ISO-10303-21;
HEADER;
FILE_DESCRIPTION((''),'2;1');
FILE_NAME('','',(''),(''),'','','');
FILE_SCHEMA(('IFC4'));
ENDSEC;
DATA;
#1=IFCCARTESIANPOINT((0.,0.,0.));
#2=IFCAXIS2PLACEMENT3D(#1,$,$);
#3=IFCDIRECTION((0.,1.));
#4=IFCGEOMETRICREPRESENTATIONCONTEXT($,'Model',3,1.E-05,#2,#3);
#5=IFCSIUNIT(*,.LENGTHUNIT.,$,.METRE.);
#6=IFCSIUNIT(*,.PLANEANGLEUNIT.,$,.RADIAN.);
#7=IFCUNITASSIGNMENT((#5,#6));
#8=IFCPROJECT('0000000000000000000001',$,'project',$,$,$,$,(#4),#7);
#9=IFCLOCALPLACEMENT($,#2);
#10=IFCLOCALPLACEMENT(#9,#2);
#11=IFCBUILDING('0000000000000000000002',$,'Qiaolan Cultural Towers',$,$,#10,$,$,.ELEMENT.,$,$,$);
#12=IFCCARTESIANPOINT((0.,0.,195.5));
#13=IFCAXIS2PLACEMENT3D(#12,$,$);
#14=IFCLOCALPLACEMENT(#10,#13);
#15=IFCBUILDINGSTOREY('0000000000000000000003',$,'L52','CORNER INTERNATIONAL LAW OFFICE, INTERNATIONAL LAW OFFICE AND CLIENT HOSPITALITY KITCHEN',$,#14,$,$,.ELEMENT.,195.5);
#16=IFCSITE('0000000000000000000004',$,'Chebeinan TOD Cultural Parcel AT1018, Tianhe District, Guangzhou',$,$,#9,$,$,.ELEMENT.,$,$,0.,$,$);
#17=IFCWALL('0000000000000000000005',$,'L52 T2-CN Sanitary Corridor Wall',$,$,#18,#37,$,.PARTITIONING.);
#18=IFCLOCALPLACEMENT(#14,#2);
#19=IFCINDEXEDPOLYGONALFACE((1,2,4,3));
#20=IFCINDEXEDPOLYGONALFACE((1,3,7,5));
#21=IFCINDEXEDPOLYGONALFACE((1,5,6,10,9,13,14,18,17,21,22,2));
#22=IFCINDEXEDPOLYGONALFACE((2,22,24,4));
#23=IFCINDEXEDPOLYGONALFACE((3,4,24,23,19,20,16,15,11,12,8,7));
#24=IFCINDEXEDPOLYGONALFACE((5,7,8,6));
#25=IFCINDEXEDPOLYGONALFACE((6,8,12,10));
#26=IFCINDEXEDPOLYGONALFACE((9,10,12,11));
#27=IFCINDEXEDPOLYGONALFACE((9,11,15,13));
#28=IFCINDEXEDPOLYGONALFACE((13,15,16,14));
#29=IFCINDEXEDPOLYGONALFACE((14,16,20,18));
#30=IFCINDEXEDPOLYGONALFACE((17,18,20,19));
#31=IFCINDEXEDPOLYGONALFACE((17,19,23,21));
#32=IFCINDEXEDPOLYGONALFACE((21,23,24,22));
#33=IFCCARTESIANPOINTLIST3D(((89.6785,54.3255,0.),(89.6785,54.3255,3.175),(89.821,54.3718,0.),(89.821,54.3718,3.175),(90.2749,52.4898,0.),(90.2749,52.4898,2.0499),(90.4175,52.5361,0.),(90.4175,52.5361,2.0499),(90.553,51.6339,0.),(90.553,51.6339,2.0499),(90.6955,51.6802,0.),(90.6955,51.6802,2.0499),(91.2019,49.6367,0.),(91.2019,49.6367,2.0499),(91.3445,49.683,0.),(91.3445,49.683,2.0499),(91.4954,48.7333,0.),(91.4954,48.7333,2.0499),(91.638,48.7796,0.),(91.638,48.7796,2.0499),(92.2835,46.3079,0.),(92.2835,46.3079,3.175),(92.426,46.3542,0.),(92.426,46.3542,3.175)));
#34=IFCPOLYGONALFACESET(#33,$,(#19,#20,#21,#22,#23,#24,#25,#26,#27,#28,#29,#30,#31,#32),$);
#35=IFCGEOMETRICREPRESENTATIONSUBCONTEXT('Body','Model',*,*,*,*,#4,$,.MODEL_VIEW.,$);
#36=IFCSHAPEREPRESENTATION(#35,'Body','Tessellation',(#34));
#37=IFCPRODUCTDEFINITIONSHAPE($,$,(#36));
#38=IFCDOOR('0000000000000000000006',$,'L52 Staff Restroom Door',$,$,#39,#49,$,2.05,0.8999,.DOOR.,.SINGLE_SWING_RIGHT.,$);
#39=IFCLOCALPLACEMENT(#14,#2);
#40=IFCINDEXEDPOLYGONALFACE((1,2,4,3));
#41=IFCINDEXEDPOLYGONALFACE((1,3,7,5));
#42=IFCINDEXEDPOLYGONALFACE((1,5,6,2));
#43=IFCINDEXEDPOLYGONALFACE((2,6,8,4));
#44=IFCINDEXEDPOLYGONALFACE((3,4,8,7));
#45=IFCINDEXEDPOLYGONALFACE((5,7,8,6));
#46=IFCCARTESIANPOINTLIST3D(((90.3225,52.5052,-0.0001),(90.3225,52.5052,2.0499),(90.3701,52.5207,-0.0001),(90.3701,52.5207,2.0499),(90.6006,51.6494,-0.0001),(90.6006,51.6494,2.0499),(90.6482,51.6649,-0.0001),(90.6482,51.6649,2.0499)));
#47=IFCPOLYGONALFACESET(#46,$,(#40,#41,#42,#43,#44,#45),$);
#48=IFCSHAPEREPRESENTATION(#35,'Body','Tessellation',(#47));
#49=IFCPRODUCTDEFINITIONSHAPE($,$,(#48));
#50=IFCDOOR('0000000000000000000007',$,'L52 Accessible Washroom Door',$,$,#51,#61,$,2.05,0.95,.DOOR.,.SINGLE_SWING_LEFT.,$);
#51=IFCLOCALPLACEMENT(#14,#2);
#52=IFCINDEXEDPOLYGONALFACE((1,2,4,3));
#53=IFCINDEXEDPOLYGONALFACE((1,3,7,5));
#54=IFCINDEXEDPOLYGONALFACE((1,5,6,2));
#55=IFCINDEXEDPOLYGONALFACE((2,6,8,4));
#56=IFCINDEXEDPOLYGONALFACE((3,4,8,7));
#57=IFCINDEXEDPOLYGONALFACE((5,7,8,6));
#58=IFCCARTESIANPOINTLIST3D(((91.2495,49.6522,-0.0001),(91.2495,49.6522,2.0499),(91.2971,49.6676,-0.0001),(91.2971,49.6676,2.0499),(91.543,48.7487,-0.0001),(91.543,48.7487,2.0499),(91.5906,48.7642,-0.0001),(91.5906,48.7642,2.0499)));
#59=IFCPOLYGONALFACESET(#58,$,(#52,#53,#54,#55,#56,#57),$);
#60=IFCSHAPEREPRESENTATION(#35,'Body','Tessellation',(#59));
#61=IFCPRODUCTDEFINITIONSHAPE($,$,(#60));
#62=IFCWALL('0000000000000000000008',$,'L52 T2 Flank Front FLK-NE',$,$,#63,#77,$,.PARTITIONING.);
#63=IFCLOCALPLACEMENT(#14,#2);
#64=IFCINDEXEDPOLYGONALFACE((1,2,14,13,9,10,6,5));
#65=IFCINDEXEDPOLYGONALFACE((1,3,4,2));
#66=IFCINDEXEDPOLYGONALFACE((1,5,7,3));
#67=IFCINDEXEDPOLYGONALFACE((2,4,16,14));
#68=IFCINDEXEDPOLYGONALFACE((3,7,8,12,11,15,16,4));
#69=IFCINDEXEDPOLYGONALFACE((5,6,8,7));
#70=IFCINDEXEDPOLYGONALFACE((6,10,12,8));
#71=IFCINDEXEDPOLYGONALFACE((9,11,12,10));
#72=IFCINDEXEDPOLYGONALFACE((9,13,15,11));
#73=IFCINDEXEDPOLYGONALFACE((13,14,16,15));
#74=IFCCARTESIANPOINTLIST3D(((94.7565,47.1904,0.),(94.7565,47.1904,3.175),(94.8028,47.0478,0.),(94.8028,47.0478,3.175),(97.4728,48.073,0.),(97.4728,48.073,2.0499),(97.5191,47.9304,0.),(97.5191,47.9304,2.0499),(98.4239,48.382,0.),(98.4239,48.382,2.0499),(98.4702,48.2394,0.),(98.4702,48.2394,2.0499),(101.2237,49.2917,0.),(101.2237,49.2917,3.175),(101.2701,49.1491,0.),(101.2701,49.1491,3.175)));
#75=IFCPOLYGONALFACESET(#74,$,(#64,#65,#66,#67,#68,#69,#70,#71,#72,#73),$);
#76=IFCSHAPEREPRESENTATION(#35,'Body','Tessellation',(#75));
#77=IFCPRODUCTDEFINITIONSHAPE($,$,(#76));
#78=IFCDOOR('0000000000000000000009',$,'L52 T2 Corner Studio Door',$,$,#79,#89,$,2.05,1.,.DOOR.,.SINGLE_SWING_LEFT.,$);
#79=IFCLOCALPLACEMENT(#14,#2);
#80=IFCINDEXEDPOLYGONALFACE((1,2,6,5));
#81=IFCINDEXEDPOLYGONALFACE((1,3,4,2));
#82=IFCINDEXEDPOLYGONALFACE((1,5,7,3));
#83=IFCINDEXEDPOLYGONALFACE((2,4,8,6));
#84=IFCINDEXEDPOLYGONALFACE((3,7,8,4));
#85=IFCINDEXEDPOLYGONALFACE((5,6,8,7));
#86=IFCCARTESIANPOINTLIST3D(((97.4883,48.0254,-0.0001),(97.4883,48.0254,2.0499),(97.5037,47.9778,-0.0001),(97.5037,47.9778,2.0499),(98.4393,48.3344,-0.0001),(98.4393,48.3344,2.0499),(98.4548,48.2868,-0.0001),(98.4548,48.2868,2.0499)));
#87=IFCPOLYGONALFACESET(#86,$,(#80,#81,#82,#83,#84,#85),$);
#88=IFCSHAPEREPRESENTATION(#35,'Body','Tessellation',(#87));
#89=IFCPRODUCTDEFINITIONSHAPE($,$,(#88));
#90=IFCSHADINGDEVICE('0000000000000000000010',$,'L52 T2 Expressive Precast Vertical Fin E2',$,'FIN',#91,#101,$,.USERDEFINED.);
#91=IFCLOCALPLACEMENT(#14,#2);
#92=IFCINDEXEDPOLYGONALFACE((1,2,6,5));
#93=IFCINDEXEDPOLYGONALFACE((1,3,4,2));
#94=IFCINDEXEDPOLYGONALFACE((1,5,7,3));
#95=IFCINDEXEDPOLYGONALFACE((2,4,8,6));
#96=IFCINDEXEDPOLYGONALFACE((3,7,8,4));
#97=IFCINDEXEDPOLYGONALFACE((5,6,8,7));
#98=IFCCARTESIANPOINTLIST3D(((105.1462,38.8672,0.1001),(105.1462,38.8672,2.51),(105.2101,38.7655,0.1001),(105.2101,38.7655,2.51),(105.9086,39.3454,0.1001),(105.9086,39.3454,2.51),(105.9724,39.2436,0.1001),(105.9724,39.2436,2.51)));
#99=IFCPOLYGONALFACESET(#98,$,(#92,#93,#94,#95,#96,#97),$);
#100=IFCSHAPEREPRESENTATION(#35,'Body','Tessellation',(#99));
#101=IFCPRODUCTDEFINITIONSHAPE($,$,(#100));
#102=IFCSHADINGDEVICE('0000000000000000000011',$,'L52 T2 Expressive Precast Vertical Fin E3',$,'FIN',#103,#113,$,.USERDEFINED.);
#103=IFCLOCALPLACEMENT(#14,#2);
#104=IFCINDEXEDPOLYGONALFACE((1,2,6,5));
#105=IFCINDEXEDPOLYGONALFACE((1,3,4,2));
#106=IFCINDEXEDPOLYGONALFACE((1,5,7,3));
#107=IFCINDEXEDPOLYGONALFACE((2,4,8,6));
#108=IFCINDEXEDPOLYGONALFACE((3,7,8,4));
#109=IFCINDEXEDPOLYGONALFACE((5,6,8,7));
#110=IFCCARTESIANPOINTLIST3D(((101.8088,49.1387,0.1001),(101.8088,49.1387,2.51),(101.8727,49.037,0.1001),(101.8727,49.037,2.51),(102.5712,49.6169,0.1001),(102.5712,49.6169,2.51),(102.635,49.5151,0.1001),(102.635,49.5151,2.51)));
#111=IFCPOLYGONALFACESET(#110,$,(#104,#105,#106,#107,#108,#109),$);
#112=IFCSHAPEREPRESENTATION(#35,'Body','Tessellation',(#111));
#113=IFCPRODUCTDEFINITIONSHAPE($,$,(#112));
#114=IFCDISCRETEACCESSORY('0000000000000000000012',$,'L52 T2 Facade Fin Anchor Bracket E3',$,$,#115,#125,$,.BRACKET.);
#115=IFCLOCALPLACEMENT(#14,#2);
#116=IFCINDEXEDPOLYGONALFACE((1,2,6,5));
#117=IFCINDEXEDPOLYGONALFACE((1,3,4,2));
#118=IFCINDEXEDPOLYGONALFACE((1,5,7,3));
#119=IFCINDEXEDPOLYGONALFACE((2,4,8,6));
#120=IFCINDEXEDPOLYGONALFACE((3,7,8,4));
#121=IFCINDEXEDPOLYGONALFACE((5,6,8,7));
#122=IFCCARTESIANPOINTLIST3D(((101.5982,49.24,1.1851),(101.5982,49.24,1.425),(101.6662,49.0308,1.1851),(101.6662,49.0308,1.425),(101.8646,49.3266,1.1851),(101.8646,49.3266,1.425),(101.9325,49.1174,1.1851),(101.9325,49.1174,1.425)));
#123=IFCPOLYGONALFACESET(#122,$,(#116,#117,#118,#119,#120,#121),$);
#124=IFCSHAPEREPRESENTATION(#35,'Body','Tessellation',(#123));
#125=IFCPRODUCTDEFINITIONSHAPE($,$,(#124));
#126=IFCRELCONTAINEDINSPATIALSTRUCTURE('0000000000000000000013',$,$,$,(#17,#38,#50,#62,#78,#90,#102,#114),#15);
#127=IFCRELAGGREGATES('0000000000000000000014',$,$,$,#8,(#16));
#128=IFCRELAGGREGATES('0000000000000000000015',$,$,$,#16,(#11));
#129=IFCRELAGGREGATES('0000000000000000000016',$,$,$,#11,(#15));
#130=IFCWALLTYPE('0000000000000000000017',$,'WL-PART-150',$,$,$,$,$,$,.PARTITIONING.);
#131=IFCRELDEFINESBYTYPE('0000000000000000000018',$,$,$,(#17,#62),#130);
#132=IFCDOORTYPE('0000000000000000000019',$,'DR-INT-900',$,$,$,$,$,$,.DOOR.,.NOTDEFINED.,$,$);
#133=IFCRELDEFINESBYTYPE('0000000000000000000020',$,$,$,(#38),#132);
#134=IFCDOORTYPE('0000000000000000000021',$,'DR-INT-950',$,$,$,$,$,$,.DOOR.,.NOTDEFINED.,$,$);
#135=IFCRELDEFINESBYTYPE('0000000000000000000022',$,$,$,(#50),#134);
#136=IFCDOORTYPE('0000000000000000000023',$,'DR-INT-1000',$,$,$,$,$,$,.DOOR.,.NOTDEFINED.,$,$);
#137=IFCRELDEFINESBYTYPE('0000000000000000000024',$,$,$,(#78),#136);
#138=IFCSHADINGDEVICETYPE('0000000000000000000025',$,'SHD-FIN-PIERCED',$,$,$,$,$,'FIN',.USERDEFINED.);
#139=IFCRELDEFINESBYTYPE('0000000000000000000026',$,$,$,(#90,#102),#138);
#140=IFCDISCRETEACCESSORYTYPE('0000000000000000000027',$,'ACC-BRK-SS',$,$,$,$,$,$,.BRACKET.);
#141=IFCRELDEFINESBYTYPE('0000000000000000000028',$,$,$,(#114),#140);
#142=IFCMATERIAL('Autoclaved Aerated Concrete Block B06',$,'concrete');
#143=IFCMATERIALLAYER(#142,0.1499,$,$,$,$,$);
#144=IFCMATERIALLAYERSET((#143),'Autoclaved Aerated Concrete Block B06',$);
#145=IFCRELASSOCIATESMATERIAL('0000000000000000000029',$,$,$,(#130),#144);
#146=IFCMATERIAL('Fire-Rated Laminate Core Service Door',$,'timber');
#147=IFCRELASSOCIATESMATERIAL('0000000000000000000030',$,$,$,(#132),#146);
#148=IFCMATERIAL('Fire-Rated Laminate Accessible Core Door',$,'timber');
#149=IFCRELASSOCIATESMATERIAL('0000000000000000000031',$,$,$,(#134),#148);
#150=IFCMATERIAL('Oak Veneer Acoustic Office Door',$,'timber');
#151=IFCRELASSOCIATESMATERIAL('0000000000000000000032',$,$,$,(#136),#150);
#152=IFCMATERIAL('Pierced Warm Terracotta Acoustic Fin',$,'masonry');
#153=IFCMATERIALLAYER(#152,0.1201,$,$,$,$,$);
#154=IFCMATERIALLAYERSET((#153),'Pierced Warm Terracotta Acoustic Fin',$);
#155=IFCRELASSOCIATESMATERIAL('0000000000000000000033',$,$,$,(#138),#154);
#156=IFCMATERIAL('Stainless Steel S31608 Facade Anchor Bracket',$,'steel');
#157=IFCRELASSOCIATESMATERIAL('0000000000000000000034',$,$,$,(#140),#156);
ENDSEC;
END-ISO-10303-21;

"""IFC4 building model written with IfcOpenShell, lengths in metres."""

from ifc_helpers import new_model, si_unit, direction, frame, frame_2d, origin, origin_2d, place, context, subcontext, project, spatial, rectangle, extrude, material, layer, layer_set, type_object, element, fill, save


model = new_model("IFC4")

# Units and contexts
model_context = context("Model", 3, precision=1e-05, world=origin(), true_north=direction((0.0, 1.0)))
body_context = subcontext(model_context, "Body", "Model", "MODEL_VIEW")
ifc_project = project(units=[si_unit("LENGTHUNIT", "METRE"), si_unit("PLANEANGLEUNIT", "RADIAN")], contexts=[model_context])

# Site, building, storey
site_placement = place(None, origin())
site = spatial("IfcSite", under=ifc_project, at=site_placement, Name="Chebeinan TOD Cultural Parcel AT1018, Tianhe District, Guangzhou", CompositionType="ELEMENT", RefElevation=0.0)
building_placement = place(site_placement, origin())
building = spatial("IfcBuilding", under=site, at=building_placement, Name="Qiaolan Cultural Towers", CompositionType="ELEMENT")
storey_placement = place(building_placement, frame((0.0, 0.0, 195.5)))
storey = spatial("IfcBuildingStorey", under=building, at=storey_placement, Name="L52", Description="CORNER INTERNATIONAL LAW OFFICE, INTERNATIONAL LAW OFFICE AND CLIENT HOSPITALITY KITCHEN", CompositionType="ELEMENT", Elevation=195.5)

# Wall, openings, doors
ifc_material_1 = material(Name="Autoclaved Aerated Concrete Block B06", Category="concrete")
ifc_layer_1 = layer(ifc_material_1, 0.1499)
ifc_layer_set_1 = layer_set([ifc_layer_1], Name="Autoclaved Aerated Concrete Block B06")
wall_type_1 = type_object("IfcWallType", Name="WL-PART-150", PredefinedType="PARTITIONING", material=ifc_layer_set_1)
wall_1_placement = place(storey_placement, frame((92.3547, 46.3311, 0.0), z_axis=(0.0, 0.0, 1.0), x_axis=(-0.309007, 0.95106, 0.0)))
wall_1 = element("IfcWall", 1, at=wall_1_placement, inside=storey, type_object=wall_type_1, Name="L52 T2-CN Sanitary Corridor Wall", PredefinedType="PARTITIONING", context=body_context, shape_type="SweptSolid", body=[
    extrude(rectangle(XDim=8.4302, YDim=0.1499, at=frame_2d((4.2151, 0.0))), origin(), (0.0, 0.0, 1.0), 3.175),
])
opening_1_placement = place(wall_1_placement, frame((2.55, 0.0, 0.0)))
opening_1 = element("IfcOpeningElement", 2, at=opening_1_placement, cuts=wall_1, PredefinedType="OPENING", context=body_context, shape_type="SweptSolid", body=[
    extrude(rectangle(XDim=0.95, YDim=2.05, at=frame_2d((0.4751, 1.0249))), frame((0.0, 0.085, 0.0), z_axis=(0.0, -1.0, 0.0), x_axis=(1.0, 0.0, 0.0)), (0.0, 0.0, 1.0), 0.1699),
])
opening_2_placement = place(wall_1_placement, frame((5.6001, 0.0, 0.0)))
opening_2 = element("IfcOpeningElement", 3, at=opening_2_placement, cuts=wall_1, PredefinedType="OPENING", context=body_context, shape_type="SweptSolid", body=[
    extrude(rectangle(XDim=0.8999, YDim=2.05, at=frame_2d((0.45, 1.0249))), frame((0.0, 0.085, 0.0), z_axis=(0.0, -1.0, 0.0), x_axis=(1.0, 0.0, 0.0)), (0.0, 0.0, 1.0), 0.1699),
])
ifc_material_2 = material(Name="Fire-Rated Laminate Core Service Door", Category="timber")
door_type_1 = type_object("IfcDoorType", Name="DR-INT-900", OperationType="NOTDEFINED", PredefinedType="DOOR", material=ifc_material_2)
door_1_placement = place(opening_2_placement, origin())
door_1 = element("IfcDoor", 4, at=door_1_placement, inside=storey, type_object=door_type_1, Name="L52 Staff Restroom Door", OperationType="SINGLE_SWING_RIGHT", OverallHeight=2.05, OverallWidth=0.8999, PredefinedType="DOOR", context=body_context, shape_type="SweptSolid", body=[
    extrude(rectangle(XDim=0.8999, YDim=2.05, at=frame_2d((0.45, 1.0249))), frame((0.0, 0.0249, 0.0), z_axis=(0.0, -1.0, 0.0), x_axis=(1.0, 0.0, 0.0)), (0.0, 0.0, 1.0), 0.05),
])
fill(opening_2, door_1)
ifc_material_3 = material(Name="Fire-Rated Laminate Accessible Core Door", Category="timber")
door_type_2 = type_object("IfcDoorType", Name="DR-INT-950", OperationType="NOTDEFINED", PredefinedType="DOOR", material=ifc_material_3)
door_2_placement = place(opening_1_placement, origin())
door_2 = element("IfcDoor", 5, at=door_2_placement, inside=storey, type_object=door_type_2, Name="L52 Accessible Washroom Door", OperationType="SINGLE_SWING_LEFT", OverallHeight=2.05, OverallWidth=0.95, PredefinedType="DOOR", context=body_context, shape_type="SweptSolid", body=[
    extrude(rectangle(XDim=0.95, YDim=2.05, at=frame_2d((0.4751, 1.0249))), frame((0.0, 0.0249, 0.0), z_axis=(0.0, -1.0, 0.0), x_axis=(1.0, 0.0, 0.0)), (0.0, 0.0, 1.0), 0.05),
])
fill(opening_1, door_2)

# Wall, opening, door
wall_2_placement = place(storey_placement, frame((94.7798, 47.1191, 0.0), z_axis=(0.0, 0.0, 1.0), x_axis=(0.951058, 0.309013, 0.0)))
wall_2 = element("IfcWall", 6, at=wall_2_placement, inside=storey, type_object=wall_type_1, Name="L52 T2 Flank Front FLK-NE", PredefinedType="PARTITIONING", context=body_context, shape_type="SweptSolid", body=[
    extrude(rectangle(XDim=6.8, YDim=0.1499, at=frame_2d((3.3999, 0.0))), origin(), (0.0, 0.0, 1.0), 3.175),
])
opening_3_placement = place(wall_2_placement, frame((2.856, 0.0, 0.0)))
opening_3 = element("IfcOpeningElement", 7, at=opening_3_placement, cuts=wall_2, PredefinedType="OPENING", context=body_context, shape_type="SweptSolid", body=[
    extrude(rectangle(XDim=1.0, YDim=2.05, at=frame_2d((0.5, 1.0249))), frame((0.0, 0.085, 0.0), z_axis=(0.0, -1.0, 0.0), x_axis=(1.0, 0.0, 0.0)), (0.0, 0.0, 1.0), 0.1699),
])
ifc_material_4 = material(Name="Oak Veneer Acoustic Office Door", Category="timber")
door_type_3 = type_object("IfcDoorType", Name="DR-INT-1000", OperationType="NOTDEFINED", PredefinedType="DOOR", material=ifc_material_4)
door_3_placement = place(opening_3_placement, origin())
door_3 = element("IfcDoor", 8, at=door_3_placement, inside=storey, type_object=door_type_3, Name="L52 T2 Corner Studio Door", OperationType="SINGLE_SWING_LEFT", OverallHeight=2.05, OverallWidth=1.0, PredefinedType="DOOR", context=body_context, shape_type="SweptSolid", body=[
    extrude(rectangle(XDim=1.0, YDim=2.05, at=frame_2d((0.5, 1.0249))), frame((0.0, 0.0249, 0.0), z_axis=(0.0, -1.0, 0.0), x_axis=(1.0, 0.0, 0.0)), (0.0, 0.0, 1.0), 0.05),
])
fill(opening_3, door_3)

# Shading devices
ifc_material_5 = material(Name="Pierced Warm Terracotta Acoustic Fin", Category="masonry")
ifc_layer_2 = layer(ifc_material_5, 0.1201)
ifc_layer_set_2 = layer_set([ifc_layer_2], Name="Pierced Warm Terracotta Acoustic Fin")
shading_device_type = type_object("IfcShadingDeviceType", Name="SHD-FIN-PIERCED", ElementType="FIN", PredefinedType="USERDEFINED", material=ifc_layer_set_2)
for number, where, z_axis, x_axis, name in (
    (9, (105.5593, 39.0554, 0.1001), (0.0, 0.0, 1.0), (0.847165, 0.53133, 0.0), "L52 T2 Expressive Precast Vertical Fin E2"),
    (10, (102.2219, 49.3269, 0.1001), (0.0, 0.0, 1.0), (0.847165, 0.53133, 0.0), "L52 T2 Expressive Precast Vertical Fin E3"),
):
    element("IfcShadingDevice", number, at=place(storey_placement, frame(where, z_axis=z_axis, x_axis=x_axis)), inside=storey, type_object=shading_device_type, Name=name, ObjectType="FIN", PredefinedType="USERDEFINED", context=body_context, shape_type="SweptSolid", body=[
        extrude(rectangle(XDim=0.8999, YDim=0.1201, at=origin_2d()), origin(), (0.0, 0.0, 1.0), 2.4099),
    ])

# Discrete accessory
ifc_material_6 = material(Name="Stainless Steel S31608 Facade Anchor Bracket", Category="steel")
discrete_accessory_type = type_object("IfcDiscreteAccessoryType", Name="ACC-BRK-SS", PredefinedType="BRACKET", material=ifc_material_6)
discrete_accessory_placement = place(storey_placement, frame((101.7654, 49.1787, 1.1851), z_axis=(0.0, 0.0, 1.0), x_axis=(0.951057, 0.309017, 0.0)))
element("IfcDiscreteAccessory", 11, at=discrete_accessory_placement, inside=storey, type_object=discrete_accessory_type, Name="L52 T2 Facade Fin Anchor Bracket E3", PredefinedType="BRACKET", context=body_context, shape_type="SweptSolid", body=[
    extrude(rectangle(XDim=0.28, YDim=0.22, at=origin_2d()), origin(), (0.0, 0.0, 1.0), 0.24),
])

save(model, "model.ifc")
